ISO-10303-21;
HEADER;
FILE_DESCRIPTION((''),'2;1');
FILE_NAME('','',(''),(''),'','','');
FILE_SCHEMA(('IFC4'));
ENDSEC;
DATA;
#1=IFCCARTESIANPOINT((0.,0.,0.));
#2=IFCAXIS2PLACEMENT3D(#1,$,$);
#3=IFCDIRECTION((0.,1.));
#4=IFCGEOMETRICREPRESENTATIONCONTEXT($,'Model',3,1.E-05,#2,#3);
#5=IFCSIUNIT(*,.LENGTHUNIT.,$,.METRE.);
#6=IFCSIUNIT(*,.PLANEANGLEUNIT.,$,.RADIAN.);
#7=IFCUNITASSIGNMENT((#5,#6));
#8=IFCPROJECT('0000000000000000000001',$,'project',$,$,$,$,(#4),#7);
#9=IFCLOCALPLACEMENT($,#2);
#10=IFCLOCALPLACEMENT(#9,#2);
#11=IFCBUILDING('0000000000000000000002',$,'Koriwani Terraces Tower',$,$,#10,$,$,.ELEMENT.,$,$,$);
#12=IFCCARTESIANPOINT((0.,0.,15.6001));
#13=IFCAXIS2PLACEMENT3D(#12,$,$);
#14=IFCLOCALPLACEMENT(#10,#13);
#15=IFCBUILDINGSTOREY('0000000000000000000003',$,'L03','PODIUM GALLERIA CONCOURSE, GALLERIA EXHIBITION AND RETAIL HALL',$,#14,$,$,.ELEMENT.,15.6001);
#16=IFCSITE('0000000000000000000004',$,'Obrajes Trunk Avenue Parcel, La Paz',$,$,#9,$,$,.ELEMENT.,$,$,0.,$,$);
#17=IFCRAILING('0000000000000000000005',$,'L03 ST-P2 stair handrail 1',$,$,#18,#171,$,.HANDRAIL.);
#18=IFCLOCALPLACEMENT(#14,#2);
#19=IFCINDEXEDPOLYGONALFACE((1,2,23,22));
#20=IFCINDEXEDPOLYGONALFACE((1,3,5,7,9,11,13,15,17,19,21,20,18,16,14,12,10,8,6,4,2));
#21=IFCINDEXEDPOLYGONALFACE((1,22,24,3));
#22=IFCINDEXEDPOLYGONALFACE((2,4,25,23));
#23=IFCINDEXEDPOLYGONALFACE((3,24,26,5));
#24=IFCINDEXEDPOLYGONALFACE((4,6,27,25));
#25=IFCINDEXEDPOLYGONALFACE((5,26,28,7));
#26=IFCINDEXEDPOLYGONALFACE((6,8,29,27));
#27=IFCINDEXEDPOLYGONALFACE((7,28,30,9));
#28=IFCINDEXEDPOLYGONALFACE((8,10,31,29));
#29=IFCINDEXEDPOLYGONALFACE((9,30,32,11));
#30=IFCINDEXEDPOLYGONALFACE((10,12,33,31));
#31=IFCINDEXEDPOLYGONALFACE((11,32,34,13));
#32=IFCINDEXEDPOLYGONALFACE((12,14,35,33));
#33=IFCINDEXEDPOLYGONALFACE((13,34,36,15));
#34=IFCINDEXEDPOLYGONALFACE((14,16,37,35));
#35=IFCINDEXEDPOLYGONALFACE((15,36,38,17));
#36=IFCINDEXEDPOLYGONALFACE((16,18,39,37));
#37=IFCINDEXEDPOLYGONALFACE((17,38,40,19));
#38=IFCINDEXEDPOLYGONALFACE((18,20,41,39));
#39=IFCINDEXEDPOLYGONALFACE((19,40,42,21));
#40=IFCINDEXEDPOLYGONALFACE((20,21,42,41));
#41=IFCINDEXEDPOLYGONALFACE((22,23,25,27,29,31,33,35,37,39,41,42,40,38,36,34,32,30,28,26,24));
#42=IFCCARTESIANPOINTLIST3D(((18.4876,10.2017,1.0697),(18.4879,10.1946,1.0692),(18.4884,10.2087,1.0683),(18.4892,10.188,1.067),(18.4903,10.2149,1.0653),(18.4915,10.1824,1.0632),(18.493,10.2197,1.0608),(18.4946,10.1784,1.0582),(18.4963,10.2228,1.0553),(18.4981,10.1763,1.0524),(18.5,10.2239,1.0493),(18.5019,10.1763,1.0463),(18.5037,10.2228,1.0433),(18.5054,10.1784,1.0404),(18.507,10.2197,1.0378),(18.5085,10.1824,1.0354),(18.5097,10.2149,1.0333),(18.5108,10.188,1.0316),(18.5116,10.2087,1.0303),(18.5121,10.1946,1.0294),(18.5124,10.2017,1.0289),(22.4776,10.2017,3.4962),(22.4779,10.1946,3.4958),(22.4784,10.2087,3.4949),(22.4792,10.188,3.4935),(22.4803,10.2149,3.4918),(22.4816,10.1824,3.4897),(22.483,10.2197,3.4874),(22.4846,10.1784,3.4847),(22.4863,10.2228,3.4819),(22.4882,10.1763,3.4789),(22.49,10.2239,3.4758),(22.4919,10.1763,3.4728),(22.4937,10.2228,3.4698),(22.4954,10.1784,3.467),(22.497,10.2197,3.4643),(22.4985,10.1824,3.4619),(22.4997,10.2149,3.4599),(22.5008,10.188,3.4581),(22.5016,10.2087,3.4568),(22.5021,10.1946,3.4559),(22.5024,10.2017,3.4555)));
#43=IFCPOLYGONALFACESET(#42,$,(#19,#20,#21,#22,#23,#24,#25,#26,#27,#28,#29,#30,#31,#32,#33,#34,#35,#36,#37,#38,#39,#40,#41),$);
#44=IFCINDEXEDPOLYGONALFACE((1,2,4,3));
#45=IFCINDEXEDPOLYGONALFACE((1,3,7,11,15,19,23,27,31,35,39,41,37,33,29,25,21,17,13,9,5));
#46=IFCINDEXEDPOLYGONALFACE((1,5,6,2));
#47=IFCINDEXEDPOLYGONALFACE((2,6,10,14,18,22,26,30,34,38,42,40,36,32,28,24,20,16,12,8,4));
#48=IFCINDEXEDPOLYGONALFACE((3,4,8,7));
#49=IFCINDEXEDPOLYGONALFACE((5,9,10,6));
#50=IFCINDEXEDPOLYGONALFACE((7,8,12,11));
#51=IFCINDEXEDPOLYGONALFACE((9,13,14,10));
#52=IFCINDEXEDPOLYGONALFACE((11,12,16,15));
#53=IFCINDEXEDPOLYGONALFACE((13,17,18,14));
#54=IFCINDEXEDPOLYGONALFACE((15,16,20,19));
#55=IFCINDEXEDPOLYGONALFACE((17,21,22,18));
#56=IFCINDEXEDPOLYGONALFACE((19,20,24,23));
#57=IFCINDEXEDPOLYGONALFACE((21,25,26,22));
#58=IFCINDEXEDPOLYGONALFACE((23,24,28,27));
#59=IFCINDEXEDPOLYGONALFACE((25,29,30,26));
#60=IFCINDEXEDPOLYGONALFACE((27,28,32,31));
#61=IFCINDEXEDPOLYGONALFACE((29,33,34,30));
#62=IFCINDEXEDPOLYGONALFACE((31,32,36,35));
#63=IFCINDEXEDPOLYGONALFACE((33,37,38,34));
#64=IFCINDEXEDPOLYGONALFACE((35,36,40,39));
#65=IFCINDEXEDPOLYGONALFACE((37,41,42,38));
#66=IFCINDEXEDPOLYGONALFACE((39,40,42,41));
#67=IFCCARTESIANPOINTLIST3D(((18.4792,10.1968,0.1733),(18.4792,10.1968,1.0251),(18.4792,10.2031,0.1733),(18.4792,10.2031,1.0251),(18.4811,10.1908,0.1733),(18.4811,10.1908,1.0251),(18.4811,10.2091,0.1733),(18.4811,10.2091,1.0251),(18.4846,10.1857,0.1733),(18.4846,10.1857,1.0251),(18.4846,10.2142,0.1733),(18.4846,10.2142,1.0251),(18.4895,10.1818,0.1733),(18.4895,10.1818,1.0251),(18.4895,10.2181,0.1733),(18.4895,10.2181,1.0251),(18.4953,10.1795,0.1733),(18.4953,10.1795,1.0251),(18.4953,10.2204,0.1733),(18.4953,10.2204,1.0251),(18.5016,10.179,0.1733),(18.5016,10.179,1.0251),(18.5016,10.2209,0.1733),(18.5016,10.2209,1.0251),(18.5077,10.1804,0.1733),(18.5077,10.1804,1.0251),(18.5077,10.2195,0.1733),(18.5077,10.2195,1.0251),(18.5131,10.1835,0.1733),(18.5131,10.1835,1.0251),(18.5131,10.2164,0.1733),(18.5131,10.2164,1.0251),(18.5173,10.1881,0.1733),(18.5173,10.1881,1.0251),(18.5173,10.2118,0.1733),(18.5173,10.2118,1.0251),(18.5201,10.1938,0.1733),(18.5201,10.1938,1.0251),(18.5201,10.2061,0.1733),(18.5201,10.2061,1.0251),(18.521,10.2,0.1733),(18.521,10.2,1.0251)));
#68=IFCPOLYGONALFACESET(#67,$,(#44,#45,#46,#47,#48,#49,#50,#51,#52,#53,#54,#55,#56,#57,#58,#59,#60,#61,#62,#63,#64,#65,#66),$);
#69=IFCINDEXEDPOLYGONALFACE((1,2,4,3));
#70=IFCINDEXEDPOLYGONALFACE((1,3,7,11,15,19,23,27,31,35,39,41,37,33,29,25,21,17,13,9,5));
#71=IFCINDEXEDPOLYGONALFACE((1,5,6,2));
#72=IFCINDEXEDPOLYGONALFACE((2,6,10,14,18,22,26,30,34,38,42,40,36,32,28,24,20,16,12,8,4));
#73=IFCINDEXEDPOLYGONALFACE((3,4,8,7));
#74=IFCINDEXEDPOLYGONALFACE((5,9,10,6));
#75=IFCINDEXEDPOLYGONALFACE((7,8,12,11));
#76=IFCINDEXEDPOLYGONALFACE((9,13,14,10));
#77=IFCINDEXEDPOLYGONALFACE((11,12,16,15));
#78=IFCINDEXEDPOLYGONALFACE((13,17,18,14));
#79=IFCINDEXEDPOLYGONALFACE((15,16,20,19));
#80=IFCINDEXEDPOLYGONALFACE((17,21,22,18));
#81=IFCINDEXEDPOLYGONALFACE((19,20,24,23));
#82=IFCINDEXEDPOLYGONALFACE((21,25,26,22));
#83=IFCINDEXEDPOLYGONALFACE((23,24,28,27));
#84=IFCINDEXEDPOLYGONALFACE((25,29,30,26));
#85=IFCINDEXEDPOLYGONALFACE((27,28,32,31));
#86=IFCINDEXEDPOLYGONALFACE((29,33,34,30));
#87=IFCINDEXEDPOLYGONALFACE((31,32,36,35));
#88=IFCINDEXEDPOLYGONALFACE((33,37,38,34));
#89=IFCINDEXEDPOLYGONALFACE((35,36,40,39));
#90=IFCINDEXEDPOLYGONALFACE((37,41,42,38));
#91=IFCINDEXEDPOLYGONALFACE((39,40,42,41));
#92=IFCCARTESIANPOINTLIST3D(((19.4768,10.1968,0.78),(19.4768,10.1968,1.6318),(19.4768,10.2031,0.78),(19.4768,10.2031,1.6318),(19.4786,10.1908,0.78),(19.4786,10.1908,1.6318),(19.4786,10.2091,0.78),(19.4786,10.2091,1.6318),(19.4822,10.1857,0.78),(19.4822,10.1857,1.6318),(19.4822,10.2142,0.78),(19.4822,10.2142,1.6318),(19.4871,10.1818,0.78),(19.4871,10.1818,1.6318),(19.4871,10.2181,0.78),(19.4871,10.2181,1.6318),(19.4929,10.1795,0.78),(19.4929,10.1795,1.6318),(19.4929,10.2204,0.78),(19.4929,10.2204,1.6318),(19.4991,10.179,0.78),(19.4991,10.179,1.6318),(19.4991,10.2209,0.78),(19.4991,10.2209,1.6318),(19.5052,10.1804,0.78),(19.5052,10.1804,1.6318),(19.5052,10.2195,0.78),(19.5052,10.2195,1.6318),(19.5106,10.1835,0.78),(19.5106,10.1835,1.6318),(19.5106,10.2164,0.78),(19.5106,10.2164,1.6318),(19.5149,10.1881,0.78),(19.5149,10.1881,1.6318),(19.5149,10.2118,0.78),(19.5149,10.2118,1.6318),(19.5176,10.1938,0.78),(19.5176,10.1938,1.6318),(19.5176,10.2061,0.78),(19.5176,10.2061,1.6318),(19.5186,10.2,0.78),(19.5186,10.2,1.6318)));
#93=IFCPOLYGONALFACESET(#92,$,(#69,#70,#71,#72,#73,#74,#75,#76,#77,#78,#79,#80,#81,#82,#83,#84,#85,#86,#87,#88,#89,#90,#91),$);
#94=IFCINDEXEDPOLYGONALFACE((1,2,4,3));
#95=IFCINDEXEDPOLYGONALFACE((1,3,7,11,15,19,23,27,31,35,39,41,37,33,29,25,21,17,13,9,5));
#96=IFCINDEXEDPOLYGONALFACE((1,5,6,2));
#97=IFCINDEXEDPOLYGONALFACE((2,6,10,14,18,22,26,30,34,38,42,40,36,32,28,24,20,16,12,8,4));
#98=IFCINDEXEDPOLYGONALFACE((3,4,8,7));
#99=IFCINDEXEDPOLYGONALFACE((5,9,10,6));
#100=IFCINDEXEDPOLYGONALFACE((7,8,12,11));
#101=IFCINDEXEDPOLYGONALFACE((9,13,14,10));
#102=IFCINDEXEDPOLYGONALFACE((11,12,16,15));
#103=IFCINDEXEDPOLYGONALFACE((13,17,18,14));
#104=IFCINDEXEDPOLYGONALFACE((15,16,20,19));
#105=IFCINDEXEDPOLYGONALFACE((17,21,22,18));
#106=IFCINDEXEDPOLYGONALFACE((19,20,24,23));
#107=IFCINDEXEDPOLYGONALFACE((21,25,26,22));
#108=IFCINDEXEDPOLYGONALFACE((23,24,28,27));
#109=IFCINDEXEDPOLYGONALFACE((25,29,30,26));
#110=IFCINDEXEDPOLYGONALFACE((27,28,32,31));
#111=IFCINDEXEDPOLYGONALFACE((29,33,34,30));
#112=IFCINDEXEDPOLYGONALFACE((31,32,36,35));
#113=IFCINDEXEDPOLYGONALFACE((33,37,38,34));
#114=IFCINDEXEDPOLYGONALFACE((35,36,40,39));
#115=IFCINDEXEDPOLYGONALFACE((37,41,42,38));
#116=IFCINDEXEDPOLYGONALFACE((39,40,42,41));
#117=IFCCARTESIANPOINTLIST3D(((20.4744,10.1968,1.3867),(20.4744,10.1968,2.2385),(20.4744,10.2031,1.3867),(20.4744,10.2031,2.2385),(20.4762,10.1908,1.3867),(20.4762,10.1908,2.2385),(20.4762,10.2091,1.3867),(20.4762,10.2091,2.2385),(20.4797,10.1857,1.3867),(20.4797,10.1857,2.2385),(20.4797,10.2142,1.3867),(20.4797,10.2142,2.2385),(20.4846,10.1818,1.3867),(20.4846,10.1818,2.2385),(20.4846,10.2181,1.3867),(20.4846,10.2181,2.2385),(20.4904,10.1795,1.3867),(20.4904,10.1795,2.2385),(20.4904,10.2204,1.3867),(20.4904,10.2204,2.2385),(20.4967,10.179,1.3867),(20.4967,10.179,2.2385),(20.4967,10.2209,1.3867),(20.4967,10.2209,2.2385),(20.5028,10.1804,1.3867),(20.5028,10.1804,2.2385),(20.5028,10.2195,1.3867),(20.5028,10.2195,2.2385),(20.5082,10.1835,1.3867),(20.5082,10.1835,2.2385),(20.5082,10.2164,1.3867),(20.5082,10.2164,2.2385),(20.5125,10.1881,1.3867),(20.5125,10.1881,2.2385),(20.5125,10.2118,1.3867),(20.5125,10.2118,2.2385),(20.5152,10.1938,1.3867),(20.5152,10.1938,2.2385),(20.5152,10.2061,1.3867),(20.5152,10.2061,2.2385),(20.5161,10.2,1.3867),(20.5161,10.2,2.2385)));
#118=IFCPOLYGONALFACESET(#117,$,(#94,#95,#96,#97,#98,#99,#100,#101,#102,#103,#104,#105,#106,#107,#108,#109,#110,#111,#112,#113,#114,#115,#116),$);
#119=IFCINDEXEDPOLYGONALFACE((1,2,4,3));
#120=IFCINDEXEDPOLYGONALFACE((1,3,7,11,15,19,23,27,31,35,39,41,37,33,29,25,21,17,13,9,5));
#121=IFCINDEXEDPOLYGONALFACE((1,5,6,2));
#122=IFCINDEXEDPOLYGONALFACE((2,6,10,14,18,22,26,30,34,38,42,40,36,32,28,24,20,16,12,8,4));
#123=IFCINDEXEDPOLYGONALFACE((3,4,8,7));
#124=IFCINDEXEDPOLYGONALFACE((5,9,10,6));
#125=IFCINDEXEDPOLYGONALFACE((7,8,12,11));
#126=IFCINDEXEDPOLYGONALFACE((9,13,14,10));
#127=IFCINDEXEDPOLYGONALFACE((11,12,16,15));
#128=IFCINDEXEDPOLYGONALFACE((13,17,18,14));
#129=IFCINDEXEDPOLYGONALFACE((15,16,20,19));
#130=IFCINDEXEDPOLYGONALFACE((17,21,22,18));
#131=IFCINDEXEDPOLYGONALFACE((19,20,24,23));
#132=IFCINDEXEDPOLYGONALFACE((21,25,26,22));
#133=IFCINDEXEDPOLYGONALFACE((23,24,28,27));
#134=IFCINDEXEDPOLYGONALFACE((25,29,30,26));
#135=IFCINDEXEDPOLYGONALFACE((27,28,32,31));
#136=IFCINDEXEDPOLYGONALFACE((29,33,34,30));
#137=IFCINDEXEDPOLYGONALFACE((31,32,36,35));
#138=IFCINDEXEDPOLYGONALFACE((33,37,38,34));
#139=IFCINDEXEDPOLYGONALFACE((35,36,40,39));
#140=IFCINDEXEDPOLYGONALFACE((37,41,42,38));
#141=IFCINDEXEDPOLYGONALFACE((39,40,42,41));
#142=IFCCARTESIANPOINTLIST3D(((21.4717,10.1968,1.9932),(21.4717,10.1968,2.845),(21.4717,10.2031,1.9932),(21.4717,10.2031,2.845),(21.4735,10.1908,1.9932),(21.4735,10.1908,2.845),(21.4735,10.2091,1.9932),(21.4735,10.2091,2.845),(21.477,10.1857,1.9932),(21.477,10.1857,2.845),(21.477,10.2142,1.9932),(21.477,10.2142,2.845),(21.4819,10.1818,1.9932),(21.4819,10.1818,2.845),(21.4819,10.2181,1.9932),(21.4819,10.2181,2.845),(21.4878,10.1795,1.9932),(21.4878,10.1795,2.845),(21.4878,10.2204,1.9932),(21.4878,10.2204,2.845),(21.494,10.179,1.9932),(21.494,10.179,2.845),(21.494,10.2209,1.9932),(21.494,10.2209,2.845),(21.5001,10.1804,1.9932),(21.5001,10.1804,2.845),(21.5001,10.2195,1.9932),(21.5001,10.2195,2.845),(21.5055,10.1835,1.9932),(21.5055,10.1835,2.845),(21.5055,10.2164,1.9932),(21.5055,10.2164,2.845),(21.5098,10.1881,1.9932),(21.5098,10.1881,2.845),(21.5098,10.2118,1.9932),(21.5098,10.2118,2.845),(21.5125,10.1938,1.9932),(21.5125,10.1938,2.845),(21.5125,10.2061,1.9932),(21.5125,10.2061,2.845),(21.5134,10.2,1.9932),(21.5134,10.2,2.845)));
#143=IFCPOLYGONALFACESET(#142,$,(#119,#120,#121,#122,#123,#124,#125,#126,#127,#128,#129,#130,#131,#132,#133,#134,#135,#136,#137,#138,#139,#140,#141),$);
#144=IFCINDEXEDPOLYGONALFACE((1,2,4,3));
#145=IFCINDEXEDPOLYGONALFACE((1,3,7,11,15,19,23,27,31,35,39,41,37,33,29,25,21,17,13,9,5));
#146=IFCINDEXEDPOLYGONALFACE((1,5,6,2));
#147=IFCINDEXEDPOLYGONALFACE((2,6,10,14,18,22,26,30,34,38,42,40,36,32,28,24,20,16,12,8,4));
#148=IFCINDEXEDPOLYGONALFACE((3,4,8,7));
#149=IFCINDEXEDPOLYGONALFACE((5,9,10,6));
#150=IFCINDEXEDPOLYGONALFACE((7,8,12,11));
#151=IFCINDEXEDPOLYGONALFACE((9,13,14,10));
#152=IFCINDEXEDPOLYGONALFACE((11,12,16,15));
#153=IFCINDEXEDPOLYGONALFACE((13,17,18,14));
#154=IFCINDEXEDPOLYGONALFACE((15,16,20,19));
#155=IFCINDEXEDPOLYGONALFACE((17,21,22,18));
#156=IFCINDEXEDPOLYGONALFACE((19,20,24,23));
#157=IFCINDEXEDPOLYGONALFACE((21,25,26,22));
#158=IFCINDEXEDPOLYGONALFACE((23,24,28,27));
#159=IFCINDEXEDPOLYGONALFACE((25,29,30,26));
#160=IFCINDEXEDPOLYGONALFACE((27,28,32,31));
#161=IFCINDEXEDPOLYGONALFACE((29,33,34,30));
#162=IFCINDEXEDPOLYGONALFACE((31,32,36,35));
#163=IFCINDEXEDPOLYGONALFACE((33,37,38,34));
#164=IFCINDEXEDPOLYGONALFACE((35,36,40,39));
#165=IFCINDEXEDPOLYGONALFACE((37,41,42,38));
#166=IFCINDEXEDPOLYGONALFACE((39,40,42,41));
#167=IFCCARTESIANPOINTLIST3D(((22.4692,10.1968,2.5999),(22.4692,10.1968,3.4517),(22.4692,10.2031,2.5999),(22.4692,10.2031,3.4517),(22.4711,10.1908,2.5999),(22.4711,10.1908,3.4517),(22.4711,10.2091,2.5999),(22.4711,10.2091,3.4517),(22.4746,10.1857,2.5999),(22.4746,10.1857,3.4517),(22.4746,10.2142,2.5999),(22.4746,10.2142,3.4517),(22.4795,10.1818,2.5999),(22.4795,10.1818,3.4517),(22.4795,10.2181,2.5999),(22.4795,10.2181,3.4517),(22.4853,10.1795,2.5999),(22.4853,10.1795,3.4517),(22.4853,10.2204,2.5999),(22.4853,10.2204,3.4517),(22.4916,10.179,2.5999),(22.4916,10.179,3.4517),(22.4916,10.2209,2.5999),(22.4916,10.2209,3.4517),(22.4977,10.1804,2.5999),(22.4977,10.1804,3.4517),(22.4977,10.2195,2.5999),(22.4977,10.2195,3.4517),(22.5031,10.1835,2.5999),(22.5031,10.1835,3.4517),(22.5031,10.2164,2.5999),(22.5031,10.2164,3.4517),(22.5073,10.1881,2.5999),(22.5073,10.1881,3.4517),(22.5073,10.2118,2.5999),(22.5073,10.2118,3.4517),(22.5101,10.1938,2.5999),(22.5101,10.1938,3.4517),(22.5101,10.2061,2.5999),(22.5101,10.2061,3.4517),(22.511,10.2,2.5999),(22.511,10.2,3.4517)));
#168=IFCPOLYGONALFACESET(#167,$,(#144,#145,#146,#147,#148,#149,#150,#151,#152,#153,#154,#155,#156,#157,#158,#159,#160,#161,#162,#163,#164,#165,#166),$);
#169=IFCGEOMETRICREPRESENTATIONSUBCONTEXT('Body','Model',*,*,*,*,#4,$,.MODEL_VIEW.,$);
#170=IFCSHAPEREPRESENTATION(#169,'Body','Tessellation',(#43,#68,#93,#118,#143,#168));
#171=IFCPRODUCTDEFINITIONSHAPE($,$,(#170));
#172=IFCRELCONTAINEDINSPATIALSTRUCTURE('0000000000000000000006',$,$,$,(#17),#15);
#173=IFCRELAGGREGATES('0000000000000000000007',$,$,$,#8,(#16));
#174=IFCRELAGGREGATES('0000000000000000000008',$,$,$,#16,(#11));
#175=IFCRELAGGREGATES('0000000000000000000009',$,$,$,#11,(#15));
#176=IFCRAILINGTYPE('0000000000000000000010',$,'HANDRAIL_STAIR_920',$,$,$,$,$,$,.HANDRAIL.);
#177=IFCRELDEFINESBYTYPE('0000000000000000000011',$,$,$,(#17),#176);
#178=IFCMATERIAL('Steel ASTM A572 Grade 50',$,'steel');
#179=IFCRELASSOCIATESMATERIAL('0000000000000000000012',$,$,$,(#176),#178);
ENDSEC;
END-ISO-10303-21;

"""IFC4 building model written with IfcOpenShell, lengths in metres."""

from ifc_helpers import new_model, si_unit, direction, frame, origin, origin_2d, place, context, subcontext, project, spatial, circle, extrude, material, type_object, element, save


model = new_model("IFC4")

# Units and contexts
model_context = context("Model", 3, precision=1e-05, world=origin(), true_north=direction((0.0, 1.0)))
body_context = subcontext(model_context, "Body", "Model", "MODEL_VIEW")
ifc_project = project(units=[si_unit("LENGTHUNIT", "METRE"), si_unit("PLANEANGLEUNIT", "RADIAN")], contexts=[model_context])

# Site, building, storey
site_placement = place(None, origin())
site = spatial("IfcSite", under=ifc_project, at=site_placement, Name="Obrajes Trunk Avenue Parcel, La Paz", CompositionType="ELEMENT", RefElevation=0.0)
building_placement = place(site_placement, origin())
building = spatial("IfcBuilding", under=site, at=building_placement, Name="Koriwani Terraces Tower", CompositionType="ELEMENT")
storey_placement = place(building_placement, frame((0.0, 0.0, 15.6001)))
storey = spatial("IfcBuildingStorey", under=building, at=storey_placement, Name="L03", Description="PODIUM GALLERIA CONCOURSE, GALLERIA EXHIBITION AND RETAIL HALL", CompositionType="ELEMENT", Elevation=15.6001)

# Shared definitions
ifc_material_1 = material(Name="Steel ASTM A572 Grade 50", Category="steel")

# Railing
railing_type_1 = type_object("IfcRailingType", Name="HANDRAIL_STAIR_920", PredefinedType="HANDRAIL", material=ifc_material_1)
railing_1_placement = place(storey_placement, frame((18.5, 10.2, 0.1733)))
element("IfcRailing", 1, at=railing_1_placement, inside=storey, type_object=railing_type_1, Name="L03 ST-P2 stair handrail 1", PredefinedType="HANDRAIL", context=body_context, shape_type="SweptSolid", body=[
    extrude(circle(Radius=0.0239, at=origin_2d()), frame((0.0, 0.0, 0.876), z_axis=(0.854405, 0.0, 0.519607), x_axis=(0.0, 1.0, 0.0)), (0.0, 0.0, 1.0), 4.6699),
    extrude(circle(Radius=0.021, at=origin_2d()), origin(), (0.0, 0.0, 1.0), 0.8518),
    extrude(circle(Radius=0.021, at=origin_2d()), frame((0.9976, 0.0, 0.6067)), (0.0, 0.0, 1.0), 0.8518),
    extrude(circle(Radius=0.021, at=origin_2d()), frame((1.9951, 0.0, 1.2134)), (0.0, 0.0, 1.0), 0.8518),
    extrude(circle(Radius=0.021, at=origin_2d()), frame((2.9924, 0.0, 1.8198)), (0.0, 0.0, 1.0), 0.8518),
    extrude(circle(Radius=0.021, at=origin_2d()), frame((3.99, 0.0, 2.4265)), (0.0, 0.0, 1.0), 0.8518),
])

save(model, "model.ifc")
